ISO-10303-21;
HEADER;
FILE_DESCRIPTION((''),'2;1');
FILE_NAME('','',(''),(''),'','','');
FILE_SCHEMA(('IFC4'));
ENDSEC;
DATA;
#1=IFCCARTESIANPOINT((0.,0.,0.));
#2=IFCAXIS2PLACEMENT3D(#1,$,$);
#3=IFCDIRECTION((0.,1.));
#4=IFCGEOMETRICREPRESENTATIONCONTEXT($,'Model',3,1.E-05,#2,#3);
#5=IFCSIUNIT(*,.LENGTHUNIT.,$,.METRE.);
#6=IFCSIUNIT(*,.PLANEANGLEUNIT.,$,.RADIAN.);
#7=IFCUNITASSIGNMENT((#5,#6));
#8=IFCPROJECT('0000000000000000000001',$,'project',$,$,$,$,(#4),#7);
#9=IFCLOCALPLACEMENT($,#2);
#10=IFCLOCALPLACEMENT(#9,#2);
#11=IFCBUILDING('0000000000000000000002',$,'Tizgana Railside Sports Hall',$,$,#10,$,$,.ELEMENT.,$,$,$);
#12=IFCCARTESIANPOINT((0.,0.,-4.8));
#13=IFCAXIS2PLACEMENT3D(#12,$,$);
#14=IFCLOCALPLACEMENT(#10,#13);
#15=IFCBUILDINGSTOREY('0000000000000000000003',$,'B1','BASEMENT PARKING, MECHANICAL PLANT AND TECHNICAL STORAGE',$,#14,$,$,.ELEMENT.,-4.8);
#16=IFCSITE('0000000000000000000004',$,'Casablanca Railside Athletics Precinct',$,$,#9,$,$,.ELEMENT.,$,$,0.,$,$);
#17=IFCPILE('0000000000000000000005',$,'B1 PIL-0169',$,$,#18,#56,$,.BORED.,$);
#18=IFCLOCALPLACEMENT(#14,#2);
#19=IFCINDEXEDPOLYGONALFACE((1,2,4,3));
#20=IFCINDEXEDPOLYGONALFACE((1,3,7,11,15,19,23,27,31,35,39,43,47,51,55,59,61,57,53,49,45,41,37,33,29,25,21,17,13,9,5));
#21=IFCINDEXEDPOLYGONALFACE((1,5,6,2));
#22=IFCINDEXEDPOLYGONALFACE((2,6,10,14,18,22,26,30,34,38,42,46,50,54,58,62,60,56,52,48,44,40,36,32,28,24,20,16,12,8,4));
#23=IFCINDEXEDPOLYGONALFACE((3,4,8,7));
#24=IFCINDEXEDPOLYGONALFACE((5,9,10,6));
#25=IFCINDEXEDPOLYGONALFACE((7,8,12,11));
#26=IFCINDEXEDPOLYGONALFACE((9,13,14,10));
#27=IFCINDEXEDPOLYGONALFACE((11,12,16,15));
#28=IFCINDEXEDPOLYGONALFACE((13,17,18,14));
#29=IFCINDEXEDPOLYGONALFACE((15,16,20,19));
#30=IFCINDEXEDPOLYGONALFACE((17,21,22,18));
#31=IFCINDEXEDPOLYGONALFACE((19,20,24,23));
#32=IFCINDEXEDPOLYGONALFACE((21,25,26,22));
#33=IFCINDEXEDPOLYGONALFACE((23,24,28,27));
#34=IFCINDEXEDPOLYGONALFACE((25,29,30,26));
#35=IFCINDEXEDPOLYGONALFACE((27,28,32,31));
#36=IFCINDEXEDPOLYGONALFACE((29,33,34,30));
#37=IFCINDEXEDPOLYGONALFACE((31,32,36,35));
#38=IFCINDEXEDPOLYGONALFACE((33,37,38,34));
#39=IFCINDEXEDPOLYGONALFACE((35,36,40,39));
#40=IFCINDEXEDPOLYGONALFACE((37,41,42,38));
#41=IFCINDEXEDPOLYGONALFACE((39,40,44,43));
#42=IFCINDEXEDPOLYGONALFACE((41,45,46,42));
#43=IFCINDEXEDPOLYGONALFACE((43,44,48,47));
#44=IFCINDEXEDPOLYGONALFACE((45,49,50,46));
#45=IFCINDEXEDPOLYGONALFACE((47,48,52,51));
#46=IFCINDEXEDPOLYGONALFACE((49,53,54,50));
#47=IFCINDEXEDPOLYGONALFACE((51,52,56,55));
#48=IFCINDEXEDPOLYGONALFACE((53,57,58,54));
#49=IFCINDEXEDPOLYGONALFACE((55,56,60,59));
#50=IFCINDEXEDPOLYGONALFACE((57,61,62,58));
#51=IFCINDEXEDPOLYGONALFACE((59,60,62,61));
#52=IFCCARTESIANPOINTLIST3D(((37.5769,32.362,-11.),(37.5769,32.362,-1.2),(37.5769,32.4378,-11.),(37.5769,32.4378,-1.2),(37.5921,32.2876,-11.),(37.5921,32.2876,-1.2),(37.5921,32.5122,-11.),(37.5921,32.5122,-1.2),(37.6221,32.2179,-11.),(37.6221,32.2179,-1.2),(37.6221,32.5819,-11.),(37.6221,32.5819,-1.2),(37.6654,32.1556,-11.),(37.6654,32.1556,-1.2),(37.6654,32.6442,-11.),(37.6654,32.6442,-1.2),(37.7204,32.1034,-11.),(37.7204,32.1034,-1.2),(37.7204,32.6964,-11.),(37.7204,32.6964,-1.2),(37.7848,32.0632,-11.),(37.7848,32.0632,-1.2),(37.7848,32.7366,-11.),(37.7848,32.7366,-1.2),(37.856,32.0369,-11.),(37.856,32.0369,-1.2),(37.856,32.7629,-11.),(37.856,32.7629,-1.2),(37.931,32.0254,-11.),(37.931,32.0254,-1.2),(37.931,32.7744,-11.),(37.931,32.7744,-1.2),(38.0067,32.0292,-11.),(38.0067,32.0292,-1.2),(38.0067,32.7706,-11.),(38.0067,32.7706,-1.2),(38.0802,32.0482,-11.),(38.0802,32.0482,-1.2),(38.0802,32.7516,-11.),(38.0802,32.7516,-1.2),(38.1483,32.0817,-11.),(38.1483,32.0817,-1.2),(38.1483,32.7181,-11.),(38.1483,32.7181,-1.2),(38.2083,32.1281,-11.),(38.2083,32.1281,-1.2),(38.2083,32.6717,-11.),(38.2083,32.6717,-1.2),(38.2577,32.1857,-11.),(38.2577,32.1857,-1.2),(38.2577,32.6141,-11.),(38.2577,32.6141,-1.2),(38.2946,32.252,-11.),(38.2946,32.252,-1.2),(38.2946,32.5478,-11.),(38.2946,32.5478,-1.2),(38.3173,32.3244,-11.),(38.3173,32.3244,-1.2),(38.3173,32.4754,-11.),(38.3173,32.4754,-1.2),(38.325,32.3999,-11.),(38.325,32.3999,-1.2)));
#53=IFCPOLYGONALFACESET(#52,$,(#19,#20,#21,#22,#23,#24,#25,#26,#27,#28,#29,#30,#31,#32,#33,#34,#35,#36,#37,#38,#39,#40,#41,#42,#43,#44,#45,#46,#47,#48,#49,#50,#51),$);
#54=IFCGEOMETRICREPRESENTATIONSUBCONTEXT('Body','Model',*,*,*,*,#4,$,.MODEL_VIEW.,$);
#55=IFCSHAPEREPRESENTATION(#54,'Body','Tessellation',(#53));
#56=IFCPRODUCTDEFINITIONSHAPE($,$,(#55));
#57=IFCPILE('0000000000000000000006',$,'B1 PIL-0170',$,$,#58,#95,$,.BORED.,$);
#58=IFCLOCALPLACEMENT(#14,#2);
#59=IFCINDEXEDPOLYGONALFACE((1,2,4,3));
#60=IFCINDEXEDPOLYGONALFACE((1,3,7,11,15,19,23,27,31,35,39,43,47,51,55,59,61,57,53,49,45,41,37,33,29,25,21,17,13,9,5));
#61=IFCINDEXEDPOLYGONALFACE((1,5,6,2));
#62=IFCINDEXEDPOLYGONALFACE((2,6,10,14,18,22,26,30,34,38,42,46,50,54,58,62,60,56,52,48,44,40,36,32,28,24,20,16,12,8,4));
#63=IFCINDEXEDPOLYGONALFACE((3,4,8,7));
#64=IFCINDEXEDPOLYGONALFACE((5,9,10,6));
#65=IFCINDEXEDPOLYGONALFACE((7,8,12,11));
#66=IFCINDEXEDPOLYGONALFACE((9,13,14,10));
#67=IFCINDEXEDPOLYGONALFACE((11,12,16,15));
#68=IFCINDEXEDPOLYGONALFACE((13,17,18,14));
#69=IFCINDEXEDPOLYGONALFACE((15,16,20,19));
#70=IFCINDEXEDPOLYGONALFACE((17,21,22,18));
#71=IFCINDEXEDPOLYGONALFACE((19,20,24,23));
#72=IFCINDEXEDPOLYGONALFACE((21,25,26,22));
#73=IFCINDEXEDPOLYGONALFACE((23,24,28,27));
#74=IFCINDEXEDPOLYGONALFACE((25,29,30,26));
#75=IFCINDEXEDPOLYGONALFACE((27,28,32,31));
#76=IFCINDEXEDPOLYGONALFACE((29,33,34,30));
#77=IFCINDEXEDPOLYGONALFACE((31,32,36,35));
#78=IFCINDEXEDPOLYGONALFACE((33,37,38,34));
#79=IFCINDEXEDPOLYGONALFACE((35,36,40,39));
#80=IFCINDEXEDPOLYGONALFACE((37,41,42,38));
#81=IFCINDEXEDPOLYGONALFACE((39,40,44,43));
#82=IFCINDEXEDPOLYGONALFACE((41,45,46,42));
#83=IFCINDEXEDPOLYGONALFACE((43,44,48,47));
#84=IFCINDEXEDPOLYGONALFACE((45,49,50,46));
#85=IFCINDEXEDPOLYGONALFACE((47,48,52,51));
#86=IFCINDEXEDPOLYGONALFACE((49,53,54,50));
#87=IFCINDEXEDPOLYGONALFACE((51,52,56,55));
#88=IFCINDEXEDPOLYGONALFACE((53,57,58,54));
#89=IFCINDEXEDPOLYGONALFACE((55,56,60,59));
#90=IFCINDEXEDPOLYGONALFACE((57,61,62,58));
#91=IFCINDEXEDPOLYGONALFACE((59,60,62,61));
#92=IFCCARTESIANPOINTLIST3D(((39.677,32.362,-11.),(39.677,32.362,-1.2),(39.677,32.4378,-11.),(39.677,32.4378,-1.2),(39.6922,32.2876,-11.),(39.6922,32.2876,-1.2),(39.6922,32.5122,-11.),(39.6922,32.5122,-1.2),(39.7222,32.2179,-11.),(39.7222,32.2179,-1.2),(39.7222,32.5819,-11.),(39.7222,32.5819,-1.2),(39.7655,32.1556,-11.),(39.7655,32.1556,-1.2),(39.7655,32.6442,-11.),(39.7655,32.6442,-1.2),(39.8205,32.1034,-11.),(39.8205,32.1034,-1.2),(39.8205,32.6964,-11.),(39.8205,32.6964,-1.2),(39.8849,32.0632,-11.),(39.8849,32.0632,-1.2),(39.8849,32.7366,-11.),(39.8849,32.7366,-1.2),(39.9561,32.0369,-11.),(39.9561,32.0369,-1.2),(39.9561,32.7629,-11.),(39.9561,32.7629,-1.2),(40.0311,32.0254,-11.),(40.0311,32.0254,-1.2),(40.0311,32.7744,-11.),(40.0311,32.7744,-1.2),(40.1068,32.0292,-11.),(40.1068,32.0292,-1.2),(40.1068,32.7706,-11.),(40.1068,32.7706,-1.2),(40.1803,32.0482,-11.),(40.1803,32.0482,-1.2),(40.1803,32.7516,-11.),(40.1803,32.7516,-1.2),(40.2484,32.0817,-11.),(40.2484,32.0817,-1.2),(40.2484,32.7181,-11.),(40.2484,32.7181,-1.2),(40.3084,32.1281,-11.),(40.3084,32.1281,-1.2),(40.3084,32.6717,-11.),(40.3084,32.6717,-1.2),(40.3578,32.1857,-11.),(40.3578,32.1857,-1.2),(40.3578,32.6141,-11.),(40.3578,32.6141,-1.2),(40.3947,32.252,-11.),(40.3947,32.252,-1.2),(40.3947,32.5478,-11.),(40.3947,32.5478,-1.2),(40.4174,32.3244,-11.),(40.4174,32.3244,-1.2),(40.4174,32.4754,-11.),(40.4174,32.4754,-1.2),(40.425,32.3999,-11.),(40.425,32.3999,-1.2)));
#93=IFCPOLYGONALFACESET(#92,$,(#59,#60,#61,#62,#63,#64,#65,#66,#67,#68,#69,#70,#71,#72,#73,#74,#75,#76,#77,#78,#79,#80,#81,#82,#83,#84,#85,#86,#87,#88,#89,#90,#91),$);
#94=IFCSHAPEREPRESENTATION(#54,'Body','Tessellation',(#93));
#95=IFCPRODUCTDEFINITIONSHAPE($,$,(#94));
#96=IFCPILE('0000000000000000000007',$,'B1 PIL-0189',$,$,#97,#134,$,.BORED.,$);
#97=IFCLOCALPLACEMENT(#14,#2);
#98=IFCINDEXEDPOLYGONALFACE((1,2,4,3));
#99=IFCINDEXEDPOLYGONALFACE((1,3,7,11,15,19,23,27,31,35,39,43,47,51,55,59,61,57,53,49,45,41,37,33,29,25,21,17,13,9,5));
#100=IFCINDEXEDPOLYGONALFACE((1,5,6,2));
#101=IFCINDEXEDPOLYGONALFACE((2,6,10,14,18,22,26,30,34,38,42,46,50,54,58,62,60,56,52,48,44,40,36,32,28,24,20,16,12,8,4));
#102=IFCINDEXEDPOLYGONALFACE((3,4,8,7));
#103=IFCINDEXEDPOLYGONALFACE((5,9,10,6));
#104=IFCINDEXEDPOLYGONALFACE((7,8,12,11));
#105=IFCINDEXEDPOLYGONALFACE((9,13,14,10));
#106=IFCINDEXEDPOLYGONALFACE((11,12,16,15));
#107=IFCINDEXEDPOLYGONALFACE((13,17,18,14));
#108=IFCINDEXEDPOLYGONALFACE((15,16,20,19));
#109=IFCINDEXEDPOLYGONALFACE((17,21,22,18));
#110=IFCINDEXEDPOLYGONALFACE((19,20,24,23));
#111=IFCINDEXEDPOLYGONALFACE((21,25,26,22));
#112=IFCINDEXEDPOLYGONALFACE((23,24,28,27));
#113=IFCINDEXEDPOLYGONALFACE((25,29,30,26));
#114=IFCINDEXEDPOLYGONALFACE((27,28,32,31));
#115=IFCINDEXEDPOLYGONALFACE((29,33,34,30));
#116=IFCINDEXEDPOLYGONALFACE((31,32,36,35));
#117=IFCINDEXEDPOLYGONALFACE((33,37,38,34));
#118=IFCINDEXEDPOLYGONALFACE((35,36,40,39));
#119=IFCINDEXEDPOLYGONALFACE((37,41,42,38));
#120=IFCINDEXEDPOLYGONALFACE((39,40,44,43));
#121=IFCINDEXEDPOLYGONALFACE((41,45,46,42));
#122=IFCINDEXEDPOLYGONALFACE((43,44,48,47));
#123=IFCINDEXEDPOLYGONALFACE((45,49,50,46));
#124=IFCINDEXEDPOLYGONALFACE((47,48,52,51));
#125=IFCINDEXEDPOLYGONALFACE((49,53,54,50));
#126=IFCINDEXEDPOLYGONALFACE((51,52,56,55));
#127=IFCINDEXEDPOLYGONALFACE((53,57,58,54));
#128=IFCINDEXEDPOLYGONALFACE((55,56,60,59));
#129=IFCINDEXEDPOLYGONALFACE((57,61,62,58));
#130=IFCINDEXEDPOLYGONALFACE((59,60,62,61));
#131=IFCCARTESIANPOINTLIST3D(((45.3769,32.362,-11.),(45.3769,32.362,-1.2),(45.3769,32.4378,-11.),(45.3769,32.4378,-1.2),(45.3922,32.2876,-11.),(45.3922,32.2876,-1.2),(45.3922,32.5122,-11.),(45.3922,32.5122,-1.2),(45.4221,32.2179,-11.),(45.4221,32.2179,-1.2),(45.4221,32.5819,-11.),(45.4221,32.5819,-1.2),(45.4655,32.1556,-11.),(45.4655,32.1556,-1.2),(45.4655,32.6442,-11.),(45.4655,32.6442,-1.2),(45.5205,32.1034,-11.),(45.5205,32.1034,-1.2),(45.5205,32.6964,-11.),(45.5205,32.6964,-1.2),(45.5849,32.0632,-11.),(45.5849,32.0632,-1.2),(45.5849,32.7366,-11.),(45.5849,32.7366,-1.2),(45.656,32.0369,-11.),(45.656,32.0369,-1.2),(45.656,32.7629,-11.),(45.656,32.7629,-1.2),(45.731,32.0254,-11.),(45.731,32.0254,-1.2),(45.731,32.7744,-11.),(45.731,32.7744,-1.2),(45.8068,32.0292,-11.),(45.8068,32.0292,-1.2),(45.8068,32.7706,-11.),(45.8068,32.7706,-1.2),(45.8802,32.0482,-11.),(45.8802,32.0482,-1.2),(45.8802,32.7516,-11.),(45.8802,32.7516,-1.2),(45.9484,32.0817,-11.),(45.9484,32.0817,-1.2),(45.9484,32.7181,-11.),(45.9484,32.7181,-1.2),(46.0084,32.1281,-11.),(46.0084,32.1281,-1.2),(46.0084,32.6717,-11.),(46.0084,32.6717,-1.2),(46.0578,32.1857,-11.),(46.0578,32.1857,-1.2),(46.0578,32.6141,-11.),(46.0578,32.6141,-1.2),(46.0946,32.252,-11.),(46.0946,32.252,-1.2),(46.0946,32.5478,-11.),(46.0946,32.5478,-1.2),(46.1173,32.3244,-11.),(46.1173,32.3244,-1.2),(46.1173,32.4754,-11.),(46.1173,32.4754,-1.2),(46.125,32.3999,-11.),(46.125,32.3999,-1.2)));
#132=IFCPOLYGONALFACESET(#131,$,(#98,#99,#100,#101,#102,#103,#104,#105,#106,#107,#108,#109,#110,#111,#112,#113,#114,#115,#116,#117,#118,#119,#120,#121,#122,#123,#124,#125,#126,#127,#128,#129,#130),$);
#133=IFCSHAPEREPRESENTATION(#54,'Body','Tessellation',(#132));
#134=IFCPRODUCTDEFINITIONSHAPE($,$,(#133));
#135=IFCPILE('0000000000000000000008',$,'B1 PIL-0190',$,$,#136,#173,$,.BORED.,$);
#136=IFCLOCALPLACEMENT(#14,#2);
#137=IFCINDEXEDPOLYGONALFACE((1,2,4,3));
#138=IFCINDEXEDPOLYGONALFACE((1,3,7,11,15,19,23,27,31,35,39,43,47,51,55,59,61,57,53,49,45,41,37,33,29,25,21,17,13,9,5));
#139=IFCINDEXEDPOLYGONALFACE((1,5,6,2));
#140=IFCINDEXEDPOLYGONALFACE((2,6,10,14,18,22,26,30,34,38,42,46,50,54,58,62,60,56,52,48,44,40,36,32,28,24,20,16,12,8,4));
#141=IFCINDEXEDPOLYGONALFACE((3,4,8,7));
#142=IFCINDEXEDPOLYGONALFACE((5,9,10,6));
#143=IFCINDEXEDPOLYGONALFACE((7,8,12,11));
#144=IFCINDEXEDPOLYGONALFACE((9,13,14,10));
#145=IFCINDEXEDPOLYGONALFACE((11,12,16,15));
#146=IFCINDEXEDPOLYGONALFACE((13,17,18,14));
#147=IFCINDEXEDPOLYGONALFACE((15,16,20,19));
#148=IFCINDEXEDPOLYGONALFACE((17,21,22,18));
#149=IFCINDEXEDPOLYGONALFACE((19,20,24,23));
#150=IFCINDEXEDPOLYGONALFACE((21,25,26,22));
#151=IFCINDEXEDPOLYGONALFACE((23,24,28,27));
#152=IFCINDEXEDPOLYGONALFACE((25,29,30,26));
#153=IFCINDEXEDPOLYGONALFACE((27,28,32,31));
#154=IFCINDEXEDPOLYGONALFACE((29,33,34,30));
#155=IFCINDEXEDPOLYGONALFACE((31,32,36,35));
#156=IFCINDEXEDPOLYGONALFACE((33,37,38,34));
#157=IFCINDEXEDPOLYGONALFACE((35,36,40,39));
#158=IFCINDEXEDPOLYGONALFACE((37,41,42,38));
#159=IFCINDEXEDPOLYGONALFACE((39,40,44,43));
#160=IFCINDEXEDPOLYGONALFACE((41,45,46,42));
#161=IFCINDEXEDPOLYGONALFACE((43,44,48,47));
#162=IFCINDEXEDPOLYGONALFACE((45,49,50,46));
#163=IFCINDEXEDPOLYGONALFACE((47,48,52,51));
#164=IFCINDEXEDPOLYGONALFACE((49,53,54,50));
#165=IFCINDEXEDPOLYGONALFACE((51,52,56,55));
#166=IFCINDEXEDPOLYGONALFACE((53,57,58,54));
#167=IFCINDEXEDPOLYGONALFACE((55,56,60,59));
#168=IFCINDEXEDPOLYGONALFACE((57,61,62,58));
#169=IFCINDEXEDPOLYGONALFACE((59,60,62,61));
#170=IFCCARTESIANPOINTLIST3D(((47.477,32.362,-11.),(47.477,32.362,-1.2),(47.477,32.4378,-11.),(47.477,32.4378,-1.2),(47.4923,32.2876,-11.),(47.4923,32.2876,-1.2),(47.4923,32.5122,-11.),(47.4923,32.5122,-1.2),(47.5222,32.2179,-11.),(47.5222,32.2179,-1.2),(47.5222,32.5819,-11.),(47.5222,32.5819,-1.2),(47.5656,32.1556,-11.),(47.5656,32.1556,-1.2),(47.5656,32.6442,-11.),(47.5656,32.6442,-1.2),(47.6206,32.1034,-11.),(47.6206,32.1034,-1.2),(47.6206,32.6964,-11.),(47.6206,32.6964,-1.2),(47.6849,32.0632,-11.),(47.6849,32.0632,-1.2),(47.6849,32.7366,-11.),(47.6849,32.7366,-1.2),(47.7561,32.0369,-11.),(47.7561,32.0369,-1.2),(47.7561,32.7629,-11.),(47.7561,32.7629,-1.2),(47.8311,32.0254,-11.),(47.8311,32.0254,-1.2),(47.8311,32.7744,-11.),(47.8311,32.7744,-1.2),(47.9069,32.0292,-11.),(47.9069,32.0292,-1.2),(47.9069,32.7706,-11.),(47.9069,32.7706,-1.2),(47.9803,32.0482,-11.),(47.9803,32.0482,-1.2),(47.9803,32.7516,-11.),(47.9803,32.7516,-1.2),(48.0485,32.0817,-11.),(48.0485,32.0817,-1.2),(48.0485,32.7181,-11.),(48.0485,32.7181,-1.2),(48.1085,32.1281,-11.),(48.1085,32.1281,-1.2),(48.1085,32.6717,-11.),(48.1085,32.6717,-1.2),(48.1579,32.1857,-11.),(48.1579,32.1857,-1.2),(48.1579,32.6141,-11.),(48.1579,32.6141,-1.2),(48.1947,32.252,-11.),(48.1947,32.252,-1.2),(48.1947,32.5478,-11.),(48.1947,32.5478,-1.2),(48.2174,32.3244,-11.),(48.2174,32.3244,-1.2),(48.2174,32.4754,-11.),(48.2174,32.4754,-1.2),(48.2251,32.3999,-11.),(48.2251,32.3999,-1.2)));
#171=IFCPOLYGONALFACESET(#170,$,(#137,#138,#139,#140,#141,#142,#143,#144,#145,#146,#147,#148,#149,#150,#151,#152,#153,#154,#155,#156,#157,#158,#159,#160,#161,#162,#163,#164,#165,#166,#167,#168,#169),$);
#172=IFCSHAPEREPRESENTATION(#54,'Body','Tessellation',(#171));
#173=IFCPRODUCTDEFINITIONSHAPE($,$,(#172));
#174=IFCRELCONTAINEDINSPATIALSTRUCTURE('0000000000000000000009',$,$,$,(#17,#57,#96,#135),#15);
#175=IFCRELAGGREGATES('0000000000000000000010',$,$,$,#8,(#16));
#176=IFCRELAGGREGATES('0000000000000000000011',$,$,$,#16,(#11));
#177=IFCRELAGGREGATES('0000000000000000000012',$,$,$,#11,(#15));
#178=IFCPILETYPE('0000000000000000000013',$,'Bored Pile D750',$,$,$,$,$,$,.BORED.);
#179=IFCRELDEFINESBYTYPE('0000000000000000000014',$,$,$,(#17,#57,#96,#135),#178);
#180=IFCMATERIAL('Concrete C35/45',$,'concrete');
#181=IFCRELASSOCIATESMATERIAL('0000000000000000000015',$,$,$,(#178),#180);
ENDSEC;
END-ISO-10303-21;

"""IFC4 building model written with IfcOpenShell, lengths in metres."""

from ifc_helpers import new_model, si_unit, direction, frame, origin, origin_2d, place, context, subcontext, project, spatial, circle, extrude, material, material_profile, profile_set, type_object, element, save


model = new_model("IFC4")

# Units and contexts
model_context = context("Model", 3, precision=1e-05, world=origin(), true_north=direction((0.0, 1.0)))
body_context = subcontext(model_context, "Body", "Model", "MODEL_VIEW")
ifc_project = project(units=[si_unit("LENGTHUNIT", "METRE"), si_unit("PLANEANGLEUNIT", "RADIAN")], contexts=[model_context])

# Site, building, storey
site_placement = place(None, origin())
site = spatial("IfcSite", under=ifc_project, at=site_placement, Name="Casablanca Railside Athletics Precinct", CompositionType="ELEMENT", RefElevation=0.0)
building_placement = place(site_placement, origin())
building = spatial("IfcBuilding", under=site, at=building_placement, Name="Tizgana Railside Sports Hall", CompositionType="ELEMENT")
storey_placement = place(building_placement, frame((0.0, 0.0, -4.8)))
storey = spatial("IfcBuildingStorey", under=building, at=storey_placement, Name="B1", Description="BASEMENT PARKING, MECHANICAL PLANT AND TECHNICAL STORAGE", CompositionType="ELEMENT", Elevation=-4.8)

# Piles
ifc_material_1 = material(Name="Concrete C35/45", Category="concrete")
ifc_material_profile_1 = material_profile(ifc_material_1, circle(Radius=0.375, at=origin_2d()), Name="PILE D750")
ifc_profile_set_1 = profile_set([ifc_material_profile_1], Name="Concrete C35/45")
pile_type_1 = type_object("IfcPileType", Name="Bored Pile D750", PredefinedType="BORED", material=ifc_profile_set_1)
for number, where, z_axis, x_axis, name in (
    (1, (37.95, 32.3999, -1.2), (0.0, 0.0, -1.0), (1.0, 0.0, 0.0), "B1 PIL-0169"),
    (2, (40.05, 32.3999, -1.2), (0.0, 0.0, -1.0), (1.0, 0.0, 0.0), "B1 PIL-0170"),
    (3, (45.75, 32.3999, -1.2), (0.0, 0.0, -1.0), (1.0, 0.0, 0.0), "B1 PIL-0189"),
    (4, (47.8501, 32.3999, -1.2), (0.0, 0.0, -1.0), (1.0, 0.0, 0.0), "B1 PIL-0190"),
):
    element("IfcPile", number, at=place(storey_placement, frame(where, z_axis=z_axis, x_axis=x_axis)), inside=storey, type_object=pile_type_1, Name=name, PredefinedType="BORED", context=body_context, shape_type="SweptSolid", body=[
        extrude(circle(Radius=0.375, at=origin_2d()), origin(), (0.0, 0.0, 1.0), 9.8),
    ])

save(model, "model.ifc")
